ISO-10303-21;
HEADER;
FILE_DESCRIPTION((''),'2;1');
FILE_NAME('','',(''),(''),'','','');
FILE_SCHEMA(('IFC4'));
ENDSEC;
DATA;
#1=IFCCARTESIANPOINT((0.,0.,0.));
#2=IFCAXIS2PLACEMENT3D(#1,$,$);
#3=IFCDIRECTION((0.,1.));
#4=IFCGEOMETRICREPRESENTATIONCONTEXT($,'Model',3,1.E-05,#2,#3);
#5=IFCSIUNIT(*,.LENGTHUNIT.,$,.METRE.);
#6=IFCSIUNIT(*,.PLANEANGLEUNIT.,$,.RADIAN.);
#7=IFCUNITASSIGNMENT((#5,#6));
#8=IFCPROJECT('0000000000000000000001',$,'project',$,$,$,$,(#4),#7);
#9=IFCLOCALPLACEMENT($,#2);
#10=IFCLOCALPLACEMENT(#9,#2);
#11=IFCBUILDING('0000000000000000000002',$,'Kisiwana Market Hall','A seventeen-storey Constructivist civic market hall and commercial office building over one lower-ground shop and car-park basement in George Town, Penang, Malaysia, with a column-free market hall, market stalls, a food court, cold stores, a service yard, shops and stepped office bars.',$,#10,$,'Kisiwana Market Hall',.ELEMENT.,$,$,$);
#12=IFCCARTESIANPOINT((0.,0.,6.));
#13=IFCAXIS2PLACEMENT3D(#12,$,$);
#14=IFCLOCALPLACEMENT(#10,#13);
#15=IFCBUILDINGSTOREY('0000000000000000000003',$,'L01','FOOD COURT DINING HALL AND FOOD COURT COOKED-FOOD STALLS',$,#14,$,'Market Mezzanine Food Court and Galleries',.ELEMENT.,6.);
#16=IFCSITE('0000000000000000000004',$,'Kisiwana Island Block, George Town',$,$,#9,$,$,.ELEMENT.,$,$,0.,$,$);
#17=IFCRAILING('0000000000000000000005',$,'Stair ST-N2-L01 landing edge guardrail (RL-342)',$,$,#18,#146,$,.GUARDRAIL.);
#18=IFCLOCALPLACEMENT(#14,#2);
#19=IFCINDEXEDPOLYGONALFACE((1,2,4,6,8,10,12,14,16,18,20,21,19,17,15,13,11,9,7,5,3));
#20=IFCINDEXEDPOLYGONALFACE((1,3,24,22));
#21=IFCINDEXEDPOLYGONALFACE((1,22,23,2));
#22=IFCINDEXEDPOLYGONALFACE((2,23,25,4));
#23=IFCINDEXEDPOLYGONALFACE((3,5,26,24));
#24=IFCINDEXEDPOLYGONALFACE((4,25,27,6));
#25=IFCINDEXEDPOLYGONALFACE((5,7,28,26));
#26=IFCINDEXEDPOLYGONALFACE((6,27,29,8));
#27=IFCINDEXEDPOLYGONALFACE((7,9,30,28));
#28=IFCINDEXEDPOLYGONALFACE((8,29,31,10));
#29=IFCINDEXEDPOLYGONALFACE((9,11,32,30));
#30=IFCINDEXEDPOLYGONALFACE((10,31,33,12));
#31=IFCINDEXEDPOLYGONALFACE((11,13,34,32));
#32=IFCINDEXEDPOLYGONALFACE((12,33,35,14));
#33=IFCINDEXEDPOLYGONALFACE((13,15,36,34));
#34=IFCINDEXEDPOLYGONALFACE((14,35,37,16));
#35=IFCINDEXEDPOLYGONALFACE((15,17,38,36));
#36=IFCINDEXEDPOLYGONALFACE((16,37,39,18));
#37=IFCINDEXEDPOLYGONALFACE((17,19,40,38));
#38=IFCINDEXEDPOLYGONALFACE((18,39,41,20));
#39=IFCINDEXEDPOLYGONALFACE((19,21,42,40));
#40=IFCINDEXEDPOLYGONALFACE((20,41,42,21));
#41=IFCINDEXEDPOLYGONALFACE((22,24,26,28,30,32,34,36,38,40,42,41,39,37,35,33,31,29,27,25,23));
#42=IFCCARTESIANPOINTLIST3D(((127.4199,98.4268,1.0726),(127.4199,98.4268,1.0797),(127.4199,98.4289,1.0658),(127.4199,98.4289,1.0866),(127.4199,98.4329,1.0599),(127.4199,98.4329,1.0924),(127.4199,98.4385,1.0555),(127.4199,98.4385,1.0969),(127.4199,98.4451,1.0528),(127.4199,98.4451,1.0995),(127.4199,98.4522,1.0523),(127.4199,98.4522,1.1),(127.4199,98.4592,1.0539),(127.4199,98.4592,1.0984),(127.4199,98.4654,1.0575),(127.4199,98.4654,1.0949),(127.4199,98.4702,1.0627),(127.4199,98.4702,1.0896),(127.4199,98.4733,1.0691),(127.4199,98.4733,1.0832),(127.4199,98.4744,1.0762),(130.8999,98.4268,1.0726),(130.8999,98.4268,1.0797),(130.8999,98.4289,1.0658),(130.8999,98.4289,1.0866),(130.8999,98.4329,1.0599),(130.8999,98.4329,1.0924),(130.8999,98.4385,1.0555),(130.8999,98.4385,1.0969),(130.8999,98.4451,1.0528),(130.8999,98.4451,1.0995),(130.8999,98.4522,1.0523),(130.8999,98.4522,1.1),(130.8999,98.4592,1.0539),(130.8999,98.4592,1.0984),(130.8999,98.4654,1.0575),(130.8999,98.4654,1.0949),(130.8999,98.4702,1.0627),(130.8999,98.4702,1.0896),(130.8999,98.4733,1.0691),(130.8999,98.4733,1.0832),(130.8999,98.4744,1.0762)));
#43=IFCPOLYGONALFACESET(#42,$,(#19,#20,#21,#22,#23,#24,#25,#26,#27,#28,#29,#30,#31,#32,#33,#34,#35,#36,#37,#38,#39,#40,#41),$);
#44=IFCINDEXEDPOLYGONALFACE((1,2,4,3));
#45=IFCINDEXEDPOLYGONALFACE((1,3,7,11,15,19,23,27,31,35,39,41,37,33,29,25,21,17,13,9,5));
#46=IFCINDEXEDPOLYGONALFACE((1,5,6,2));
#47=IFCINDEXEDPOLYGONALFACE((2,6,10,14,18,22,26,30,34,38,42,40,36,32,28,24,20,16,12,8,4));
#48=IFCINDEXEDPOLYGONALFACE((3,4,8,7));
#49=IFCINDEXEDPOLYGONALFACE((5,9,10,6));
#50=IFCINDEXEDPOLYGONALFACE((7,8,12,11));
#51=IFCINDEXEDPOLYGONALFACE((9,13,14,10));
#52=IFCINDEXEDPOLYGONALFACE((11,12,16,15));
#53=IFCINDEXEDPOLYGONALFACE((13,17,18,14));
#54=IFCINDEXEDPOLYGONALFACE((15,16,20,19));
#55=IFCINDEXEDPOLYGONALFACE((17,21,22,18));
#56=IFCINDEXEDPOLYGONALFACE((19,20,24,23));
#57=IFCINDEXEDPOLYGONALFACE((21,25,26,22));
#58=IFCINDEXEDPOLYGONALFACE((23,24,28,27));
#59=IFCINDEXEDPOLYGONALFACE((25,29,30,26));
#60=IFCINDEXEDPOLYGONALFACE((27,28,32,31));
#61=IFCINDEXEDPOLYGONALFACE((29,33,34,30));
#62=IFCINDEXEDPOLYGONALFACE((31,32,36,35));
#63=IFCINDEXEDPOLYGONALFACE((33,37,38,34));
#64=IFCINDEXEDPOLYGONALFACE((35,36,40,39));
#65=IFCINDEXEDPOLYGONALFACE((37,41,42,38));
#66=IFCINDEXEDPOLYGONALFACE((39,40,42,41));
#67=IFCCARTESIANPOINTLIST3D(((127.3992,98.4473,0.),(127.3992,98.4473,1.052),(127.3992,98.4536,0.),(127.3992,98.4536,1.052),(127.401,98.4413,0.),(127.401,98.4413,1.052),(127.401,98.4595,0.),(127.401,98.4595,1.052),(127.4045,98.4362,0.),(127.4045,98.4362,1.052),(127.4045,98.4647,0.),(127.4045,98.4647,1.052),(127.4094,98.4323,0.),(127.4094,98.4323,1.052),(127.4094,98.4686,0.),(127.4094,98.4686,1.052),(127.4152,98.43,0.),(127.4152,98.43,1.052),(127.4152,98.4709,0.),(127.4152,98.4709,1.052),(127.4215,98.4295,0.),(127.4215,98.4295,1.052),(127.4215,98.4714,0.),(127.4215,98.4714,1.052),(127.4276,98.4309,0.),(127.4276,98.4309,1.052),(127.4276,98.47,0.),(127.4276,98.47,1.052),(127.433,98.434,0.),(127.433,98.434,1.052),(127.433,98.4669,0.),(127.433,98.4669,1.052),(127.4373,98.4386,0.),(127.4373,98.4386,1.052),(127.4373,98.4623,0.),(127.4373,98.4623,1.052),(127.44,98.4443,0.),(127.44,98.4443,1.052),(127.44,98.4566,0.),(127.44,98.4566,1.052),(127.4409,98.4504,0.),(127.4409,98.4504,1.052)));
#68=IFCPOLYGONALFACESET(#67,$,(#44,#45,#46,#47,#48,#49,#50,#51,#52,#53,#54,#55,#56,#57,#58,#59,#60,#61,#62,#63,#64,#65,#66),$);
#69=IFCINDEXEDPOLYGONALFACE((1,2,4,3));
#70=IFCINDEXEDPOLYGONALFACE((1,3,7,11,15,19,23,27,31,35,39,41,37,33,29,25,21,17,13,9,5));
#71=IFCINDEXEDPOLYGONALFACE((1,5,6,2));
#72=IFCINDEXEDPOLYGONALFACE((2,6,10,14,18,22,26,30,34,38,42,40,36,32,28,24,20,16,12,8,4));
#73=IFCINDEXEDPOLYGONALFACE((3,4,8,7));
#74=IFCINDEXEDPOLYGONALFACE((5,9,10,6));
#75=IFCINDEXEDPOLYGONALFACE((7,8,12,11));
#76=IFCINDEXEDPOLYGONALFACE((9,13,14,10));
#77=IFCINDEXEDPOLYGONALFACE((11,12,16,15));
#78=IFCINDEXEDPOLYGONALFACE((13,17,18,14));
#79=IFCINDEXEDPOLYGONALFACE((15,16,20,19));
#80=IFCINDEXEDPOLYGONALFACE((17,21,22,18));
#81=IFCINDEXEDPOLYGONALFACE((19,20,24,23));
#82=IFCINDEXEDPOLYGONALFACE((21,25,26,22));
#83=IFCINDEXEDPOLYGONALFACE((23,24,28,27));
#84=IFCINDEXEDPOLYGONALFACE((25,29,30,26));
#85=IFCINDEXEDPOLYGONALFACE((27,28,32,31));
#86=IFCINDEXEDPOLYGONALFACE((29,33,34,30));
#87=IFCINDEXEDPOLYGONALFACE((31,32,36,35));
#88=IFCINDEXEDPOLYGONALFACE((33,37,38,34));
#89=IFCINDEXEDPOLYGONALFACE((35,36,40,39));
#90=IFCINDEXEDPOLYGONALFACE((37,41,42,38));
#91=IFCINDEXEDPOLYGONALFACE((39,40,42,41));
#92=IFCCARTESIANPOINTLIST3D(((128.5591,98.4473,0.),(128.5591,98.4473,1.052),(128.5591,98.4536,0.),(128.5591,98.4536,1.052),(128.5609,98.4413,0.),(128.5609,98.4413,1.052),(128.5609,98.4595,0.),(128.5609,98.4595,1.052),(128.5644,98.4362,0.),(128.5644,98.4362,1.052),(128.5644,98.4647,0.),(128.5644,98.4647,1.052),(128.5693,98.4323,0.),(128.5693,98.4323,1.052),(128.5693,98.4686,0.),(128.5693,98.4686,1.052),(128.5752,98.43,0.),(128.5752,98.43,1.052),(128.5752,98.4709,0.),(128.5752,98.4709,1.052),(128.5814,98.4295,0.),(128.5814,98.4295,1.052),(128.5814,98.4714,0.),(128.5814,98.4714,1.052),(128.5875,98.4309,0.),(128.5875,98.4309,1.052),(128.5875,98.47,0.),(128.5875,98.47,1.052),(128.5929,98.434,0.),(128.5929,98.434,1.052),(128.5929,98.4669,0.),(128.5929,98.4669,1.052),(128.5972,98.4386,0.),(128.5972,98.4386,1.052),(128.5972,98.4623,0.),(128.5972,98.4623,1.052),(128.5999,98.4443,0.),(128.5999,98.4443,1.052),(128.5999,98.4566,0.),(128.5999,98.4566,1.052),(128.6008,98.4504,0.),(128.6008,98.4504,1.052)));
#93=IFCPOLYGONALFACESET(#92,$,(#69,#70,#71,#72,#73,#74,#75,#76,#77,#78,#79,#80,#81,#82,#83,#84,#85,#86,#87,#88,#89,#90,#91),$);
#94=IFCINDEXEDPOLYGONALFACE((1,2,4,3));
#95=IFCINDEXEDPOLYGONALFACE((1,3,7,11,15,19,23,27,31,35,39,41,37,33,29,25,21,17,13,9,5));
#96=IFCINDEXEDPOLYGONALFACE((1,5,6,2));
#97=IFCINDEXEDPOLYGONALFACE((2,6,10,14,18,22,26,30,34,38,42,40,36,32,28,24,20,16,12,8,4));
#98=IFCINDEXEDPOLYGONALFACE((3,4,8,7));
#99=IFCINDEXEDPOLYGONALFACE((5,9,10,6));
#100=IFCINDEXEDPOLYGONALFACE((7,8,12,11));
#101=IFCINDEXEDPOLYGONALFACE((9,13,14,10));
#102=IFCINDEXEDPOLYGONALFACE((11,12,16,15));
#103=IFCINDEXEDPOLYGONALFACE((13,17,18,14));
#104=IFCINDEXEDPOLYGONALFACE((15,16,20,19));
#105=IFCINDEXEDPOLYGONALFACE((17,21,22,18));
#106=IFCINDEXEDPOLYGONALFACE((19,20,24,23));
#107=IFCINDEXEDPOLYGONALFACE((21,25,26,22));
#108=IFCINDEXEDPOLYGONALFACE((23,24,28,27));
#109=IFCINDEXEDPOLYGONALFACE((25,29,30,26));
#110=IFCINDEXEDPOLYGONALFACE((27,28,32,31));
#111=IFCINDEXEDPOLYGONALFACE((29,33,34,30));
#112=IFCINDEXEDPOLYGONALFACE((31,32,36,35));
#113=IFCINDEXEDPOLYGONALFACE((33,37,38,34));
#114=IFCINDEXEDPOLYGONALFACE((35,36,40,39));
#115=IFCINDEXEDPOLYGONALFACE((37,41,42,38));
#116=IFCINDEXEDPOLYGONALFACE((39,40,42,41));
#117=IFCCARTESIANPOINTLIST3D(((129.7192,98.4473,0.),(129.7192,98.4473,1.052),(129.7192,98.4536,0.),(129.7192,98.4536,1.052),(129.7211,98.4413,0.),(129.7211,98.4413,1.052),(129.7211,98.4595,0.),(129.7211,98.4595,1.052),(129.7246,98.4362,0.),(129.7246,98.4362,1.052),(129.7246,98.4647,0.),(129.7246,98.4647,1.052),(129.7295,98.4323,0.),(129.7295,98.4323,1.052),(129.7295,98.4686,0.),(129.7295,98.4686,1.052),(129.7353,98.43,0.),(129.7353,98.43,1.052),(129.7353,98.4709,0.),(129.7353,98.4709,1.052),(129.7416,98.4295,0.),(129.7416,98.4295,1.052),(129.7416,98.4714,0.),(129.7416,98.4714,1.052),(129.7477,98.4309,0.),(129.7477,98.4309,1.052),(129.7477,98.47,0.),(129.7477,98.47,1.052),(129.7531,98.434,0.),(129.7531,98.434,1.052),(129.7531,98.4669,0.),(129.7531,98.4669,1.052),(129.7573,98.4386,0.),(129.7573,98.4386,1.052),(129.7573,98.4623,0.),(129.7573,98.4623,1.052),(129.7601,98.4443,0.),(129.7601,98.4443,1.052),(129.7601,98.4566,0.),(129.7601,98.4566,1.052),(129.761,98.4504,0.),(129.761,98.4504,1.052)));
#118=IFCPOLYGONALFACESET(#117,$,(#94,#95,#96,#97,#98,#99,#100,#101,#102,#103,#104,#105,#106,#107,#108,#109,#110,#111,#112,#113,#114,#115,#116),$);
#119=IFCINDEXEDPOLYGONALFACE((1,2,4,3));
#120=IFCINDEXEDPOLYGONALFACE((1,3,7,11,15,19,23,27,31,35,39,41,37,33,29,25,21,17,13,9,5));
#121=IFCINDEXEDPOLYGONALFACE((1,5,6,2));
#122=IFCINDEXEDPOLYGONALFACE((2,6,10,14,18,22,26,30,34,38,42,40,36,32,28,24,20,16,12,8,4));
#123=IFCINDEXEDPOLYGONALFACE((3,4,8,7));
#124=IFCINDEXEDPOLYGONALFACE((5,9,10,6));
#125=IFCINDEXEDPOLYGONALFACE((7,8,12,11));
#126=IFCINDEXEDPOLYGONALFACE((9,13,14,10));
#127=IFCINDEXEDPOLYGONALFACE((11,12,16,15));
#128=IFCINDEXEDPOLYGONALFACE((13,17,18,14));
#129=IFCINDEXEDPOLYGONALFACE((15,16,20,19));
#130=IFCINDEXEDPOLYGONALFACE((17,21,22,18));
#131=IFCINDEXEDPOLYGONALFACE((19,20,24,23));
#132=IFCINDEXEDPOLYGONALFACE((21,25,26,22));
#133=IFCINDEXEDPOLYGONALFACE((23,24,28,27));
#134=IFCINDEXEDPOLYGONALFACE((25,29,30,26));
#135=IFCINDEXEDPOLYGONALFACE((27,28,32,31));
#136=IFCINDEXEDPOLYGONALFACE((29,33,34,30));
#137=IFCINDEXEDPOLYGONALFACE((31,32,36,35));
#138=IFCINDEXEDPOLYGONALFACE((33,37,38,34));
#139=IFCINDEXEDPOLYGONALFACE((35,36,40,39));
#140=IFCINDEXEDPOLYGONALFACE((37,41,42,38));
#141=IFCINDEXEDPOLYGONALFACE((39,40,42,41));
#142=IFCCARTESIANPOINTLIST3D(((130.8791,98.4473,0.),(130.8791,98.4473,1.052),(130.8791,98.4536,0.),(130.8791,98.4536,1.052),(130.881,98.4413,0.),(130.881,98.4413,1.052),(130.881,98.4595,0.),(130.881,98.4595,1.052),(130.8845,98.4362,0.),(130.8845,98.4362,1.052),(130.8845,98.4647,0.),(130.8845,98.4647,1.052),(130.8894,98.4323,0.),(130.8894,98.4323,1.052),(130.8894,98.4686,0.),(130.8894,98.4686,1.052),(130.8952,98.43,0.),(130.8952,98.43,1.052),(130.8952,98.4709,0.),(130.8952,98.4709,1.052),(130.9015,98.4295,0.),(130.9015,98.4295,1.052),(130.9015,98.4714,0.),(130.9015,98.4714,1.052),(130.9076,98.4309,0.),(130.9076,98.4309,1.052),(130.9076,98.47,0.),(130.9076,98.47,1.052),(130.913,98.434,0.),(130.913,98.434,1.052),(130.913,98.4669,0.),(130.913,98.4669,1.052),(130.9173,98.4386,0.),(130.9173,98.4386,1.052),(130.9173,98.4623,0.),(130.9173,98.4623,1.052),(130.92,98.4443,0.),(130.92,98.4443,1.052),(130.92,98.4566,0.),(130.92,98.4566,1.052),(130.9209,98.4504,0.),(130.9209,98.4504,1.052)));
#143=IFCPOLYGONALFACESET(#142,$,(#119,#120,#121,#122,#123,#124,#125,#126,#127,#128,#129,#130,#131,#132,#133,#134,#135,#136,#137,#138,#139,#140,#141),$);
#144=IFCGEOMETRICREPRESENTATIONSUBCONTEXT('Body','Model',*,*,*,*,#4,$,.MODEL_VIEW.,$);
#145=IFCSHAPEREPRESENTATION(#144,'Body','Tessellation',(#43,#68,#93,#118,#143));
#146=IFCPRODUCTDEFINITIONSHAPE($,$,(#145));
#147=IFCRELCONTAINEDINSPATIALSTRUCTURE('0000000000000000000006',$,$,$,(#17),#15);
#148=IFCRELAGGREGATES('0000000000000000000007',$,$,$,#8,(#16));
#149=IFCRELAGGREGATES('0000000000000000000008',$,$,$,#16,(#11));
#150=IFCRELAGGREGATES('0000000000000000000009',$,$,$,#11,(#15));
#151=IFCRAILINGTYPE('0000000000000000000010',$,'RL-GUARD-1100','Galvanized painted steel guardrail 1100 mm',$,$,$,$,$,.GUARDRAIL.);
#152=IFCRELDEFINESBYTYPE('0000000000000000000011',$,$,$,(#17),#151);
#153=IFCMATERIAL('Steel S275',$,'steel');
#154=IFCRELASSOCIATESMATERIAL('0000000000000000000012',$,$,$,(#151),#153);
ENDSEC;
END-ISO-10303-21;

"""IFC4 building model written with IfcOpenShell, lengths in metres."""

from ifc_helpers import new_model, si_unit, direction, frame, origin, origin_2d, place, context, subcontext, project, spatial, circle, extrude, material, type_object, element, save


model = new_model("IFC4")

# Units and contexts
model_context = context("Model", 3, precision=1e-05, world=origin(), true_north=direction((0.0, 1.0)))
body_context = subcontext(model_context, "Body", "Model", "MODEL_VIEW")
ifc_project = project(units=[si_unit("LENGTHUNIT", "METRE"), si_unit("PLANEANGLEUNIT", "RADIAN")], contexts=[model_context])

# Site, building, storey
site_placement = place(None, origin())
site = spatial("IfcSite", under=ifc_project, at=site_placement, Name="Kisiwana Island Block, George Town", CompositionType="ELEMENT", RefElevation=0.0)
building_placement = place(site_placement, origin())
building = spatial("IfcBuilding", under=site, at=building_placement, Name="Kisiwana Market Hall", Description="A seventeen-storey Constructivist civic market hall and commercial office building over one lower-ground shop and car-park basement in George Town, Penang, Malaysia, with a column-free market hall, market stalls, a food court, cold stores, a service yard, shops and stepped office bars.", LongName="Kisiwana Market Hall", CompositionType="ELEMENT")
storey_placement = place(building_placement, frame((0.0, 0.0, 6.0)))
storey = spatial("IfcBuildingStorey", under=building, at=storey_placement, Name="L01", Description="FOOD COURT DINING HALL AND FOOD COURT COOKED-FOOD STALLS", LongName="Market Mezzanine Food Court and Galleries", CompositionType="ELEMENT", Elevation=6.0)

# Railing
ifc_material_1 = material(Name="Steel S275", Category="steel")
railing_type_1 = type_object("IfcRailingType", Name="RL-GUARD-1100", Description="Galvanized painted steel guardrail 1100 mm", PredefinedType="GUARDRAIL", material=ifc_material_1)
railing_1_placement = place(storey_placement, frame((127.4199, 98.4504, 0.0)))
element("IfcRailing", 1, at=railing_1_placement, inside=storey, type_object=railing_type_1, Name="Stair ST-N2-L01 landing edge guardrail (RL-342)", PredefinedType="GUARDRAIL", context=body_context, shape_type="SweptSolid", body=[
    extrude(circle(Radius=0.0239, at=origin_2d()), frame((0.0, 0.0, 1.0762), z_axis=(1.0, 0.0, 0.0), x_axis=(0.0, 1.0, 0.0)), (0.0, 0.0, 1.0), 3.48),
    extrude(circle(Radius=0.021, at=origin_2d()), origin(), (0.0, 0.0, 1.0), 1.052),
    extrude(circle(Radius=0.021, at=origin_2d()), frame((1.1599, 0.0, 0.0)), (0.0, 0.0, 1.0), 1.052),
    extrude(circle(Radius=0.021, at=origin_2d()), frame((2.3201, 0.0, 0.0)), (0.0, 0.0, 1.0), 1.052),
    extrude(circle(Radius=0.021, at=origin_2d()), frame((3.48, 0.0, 0.0)), (0.0, 0.0, 1.0), 1.052),
])

save(model, "model.ifc")
